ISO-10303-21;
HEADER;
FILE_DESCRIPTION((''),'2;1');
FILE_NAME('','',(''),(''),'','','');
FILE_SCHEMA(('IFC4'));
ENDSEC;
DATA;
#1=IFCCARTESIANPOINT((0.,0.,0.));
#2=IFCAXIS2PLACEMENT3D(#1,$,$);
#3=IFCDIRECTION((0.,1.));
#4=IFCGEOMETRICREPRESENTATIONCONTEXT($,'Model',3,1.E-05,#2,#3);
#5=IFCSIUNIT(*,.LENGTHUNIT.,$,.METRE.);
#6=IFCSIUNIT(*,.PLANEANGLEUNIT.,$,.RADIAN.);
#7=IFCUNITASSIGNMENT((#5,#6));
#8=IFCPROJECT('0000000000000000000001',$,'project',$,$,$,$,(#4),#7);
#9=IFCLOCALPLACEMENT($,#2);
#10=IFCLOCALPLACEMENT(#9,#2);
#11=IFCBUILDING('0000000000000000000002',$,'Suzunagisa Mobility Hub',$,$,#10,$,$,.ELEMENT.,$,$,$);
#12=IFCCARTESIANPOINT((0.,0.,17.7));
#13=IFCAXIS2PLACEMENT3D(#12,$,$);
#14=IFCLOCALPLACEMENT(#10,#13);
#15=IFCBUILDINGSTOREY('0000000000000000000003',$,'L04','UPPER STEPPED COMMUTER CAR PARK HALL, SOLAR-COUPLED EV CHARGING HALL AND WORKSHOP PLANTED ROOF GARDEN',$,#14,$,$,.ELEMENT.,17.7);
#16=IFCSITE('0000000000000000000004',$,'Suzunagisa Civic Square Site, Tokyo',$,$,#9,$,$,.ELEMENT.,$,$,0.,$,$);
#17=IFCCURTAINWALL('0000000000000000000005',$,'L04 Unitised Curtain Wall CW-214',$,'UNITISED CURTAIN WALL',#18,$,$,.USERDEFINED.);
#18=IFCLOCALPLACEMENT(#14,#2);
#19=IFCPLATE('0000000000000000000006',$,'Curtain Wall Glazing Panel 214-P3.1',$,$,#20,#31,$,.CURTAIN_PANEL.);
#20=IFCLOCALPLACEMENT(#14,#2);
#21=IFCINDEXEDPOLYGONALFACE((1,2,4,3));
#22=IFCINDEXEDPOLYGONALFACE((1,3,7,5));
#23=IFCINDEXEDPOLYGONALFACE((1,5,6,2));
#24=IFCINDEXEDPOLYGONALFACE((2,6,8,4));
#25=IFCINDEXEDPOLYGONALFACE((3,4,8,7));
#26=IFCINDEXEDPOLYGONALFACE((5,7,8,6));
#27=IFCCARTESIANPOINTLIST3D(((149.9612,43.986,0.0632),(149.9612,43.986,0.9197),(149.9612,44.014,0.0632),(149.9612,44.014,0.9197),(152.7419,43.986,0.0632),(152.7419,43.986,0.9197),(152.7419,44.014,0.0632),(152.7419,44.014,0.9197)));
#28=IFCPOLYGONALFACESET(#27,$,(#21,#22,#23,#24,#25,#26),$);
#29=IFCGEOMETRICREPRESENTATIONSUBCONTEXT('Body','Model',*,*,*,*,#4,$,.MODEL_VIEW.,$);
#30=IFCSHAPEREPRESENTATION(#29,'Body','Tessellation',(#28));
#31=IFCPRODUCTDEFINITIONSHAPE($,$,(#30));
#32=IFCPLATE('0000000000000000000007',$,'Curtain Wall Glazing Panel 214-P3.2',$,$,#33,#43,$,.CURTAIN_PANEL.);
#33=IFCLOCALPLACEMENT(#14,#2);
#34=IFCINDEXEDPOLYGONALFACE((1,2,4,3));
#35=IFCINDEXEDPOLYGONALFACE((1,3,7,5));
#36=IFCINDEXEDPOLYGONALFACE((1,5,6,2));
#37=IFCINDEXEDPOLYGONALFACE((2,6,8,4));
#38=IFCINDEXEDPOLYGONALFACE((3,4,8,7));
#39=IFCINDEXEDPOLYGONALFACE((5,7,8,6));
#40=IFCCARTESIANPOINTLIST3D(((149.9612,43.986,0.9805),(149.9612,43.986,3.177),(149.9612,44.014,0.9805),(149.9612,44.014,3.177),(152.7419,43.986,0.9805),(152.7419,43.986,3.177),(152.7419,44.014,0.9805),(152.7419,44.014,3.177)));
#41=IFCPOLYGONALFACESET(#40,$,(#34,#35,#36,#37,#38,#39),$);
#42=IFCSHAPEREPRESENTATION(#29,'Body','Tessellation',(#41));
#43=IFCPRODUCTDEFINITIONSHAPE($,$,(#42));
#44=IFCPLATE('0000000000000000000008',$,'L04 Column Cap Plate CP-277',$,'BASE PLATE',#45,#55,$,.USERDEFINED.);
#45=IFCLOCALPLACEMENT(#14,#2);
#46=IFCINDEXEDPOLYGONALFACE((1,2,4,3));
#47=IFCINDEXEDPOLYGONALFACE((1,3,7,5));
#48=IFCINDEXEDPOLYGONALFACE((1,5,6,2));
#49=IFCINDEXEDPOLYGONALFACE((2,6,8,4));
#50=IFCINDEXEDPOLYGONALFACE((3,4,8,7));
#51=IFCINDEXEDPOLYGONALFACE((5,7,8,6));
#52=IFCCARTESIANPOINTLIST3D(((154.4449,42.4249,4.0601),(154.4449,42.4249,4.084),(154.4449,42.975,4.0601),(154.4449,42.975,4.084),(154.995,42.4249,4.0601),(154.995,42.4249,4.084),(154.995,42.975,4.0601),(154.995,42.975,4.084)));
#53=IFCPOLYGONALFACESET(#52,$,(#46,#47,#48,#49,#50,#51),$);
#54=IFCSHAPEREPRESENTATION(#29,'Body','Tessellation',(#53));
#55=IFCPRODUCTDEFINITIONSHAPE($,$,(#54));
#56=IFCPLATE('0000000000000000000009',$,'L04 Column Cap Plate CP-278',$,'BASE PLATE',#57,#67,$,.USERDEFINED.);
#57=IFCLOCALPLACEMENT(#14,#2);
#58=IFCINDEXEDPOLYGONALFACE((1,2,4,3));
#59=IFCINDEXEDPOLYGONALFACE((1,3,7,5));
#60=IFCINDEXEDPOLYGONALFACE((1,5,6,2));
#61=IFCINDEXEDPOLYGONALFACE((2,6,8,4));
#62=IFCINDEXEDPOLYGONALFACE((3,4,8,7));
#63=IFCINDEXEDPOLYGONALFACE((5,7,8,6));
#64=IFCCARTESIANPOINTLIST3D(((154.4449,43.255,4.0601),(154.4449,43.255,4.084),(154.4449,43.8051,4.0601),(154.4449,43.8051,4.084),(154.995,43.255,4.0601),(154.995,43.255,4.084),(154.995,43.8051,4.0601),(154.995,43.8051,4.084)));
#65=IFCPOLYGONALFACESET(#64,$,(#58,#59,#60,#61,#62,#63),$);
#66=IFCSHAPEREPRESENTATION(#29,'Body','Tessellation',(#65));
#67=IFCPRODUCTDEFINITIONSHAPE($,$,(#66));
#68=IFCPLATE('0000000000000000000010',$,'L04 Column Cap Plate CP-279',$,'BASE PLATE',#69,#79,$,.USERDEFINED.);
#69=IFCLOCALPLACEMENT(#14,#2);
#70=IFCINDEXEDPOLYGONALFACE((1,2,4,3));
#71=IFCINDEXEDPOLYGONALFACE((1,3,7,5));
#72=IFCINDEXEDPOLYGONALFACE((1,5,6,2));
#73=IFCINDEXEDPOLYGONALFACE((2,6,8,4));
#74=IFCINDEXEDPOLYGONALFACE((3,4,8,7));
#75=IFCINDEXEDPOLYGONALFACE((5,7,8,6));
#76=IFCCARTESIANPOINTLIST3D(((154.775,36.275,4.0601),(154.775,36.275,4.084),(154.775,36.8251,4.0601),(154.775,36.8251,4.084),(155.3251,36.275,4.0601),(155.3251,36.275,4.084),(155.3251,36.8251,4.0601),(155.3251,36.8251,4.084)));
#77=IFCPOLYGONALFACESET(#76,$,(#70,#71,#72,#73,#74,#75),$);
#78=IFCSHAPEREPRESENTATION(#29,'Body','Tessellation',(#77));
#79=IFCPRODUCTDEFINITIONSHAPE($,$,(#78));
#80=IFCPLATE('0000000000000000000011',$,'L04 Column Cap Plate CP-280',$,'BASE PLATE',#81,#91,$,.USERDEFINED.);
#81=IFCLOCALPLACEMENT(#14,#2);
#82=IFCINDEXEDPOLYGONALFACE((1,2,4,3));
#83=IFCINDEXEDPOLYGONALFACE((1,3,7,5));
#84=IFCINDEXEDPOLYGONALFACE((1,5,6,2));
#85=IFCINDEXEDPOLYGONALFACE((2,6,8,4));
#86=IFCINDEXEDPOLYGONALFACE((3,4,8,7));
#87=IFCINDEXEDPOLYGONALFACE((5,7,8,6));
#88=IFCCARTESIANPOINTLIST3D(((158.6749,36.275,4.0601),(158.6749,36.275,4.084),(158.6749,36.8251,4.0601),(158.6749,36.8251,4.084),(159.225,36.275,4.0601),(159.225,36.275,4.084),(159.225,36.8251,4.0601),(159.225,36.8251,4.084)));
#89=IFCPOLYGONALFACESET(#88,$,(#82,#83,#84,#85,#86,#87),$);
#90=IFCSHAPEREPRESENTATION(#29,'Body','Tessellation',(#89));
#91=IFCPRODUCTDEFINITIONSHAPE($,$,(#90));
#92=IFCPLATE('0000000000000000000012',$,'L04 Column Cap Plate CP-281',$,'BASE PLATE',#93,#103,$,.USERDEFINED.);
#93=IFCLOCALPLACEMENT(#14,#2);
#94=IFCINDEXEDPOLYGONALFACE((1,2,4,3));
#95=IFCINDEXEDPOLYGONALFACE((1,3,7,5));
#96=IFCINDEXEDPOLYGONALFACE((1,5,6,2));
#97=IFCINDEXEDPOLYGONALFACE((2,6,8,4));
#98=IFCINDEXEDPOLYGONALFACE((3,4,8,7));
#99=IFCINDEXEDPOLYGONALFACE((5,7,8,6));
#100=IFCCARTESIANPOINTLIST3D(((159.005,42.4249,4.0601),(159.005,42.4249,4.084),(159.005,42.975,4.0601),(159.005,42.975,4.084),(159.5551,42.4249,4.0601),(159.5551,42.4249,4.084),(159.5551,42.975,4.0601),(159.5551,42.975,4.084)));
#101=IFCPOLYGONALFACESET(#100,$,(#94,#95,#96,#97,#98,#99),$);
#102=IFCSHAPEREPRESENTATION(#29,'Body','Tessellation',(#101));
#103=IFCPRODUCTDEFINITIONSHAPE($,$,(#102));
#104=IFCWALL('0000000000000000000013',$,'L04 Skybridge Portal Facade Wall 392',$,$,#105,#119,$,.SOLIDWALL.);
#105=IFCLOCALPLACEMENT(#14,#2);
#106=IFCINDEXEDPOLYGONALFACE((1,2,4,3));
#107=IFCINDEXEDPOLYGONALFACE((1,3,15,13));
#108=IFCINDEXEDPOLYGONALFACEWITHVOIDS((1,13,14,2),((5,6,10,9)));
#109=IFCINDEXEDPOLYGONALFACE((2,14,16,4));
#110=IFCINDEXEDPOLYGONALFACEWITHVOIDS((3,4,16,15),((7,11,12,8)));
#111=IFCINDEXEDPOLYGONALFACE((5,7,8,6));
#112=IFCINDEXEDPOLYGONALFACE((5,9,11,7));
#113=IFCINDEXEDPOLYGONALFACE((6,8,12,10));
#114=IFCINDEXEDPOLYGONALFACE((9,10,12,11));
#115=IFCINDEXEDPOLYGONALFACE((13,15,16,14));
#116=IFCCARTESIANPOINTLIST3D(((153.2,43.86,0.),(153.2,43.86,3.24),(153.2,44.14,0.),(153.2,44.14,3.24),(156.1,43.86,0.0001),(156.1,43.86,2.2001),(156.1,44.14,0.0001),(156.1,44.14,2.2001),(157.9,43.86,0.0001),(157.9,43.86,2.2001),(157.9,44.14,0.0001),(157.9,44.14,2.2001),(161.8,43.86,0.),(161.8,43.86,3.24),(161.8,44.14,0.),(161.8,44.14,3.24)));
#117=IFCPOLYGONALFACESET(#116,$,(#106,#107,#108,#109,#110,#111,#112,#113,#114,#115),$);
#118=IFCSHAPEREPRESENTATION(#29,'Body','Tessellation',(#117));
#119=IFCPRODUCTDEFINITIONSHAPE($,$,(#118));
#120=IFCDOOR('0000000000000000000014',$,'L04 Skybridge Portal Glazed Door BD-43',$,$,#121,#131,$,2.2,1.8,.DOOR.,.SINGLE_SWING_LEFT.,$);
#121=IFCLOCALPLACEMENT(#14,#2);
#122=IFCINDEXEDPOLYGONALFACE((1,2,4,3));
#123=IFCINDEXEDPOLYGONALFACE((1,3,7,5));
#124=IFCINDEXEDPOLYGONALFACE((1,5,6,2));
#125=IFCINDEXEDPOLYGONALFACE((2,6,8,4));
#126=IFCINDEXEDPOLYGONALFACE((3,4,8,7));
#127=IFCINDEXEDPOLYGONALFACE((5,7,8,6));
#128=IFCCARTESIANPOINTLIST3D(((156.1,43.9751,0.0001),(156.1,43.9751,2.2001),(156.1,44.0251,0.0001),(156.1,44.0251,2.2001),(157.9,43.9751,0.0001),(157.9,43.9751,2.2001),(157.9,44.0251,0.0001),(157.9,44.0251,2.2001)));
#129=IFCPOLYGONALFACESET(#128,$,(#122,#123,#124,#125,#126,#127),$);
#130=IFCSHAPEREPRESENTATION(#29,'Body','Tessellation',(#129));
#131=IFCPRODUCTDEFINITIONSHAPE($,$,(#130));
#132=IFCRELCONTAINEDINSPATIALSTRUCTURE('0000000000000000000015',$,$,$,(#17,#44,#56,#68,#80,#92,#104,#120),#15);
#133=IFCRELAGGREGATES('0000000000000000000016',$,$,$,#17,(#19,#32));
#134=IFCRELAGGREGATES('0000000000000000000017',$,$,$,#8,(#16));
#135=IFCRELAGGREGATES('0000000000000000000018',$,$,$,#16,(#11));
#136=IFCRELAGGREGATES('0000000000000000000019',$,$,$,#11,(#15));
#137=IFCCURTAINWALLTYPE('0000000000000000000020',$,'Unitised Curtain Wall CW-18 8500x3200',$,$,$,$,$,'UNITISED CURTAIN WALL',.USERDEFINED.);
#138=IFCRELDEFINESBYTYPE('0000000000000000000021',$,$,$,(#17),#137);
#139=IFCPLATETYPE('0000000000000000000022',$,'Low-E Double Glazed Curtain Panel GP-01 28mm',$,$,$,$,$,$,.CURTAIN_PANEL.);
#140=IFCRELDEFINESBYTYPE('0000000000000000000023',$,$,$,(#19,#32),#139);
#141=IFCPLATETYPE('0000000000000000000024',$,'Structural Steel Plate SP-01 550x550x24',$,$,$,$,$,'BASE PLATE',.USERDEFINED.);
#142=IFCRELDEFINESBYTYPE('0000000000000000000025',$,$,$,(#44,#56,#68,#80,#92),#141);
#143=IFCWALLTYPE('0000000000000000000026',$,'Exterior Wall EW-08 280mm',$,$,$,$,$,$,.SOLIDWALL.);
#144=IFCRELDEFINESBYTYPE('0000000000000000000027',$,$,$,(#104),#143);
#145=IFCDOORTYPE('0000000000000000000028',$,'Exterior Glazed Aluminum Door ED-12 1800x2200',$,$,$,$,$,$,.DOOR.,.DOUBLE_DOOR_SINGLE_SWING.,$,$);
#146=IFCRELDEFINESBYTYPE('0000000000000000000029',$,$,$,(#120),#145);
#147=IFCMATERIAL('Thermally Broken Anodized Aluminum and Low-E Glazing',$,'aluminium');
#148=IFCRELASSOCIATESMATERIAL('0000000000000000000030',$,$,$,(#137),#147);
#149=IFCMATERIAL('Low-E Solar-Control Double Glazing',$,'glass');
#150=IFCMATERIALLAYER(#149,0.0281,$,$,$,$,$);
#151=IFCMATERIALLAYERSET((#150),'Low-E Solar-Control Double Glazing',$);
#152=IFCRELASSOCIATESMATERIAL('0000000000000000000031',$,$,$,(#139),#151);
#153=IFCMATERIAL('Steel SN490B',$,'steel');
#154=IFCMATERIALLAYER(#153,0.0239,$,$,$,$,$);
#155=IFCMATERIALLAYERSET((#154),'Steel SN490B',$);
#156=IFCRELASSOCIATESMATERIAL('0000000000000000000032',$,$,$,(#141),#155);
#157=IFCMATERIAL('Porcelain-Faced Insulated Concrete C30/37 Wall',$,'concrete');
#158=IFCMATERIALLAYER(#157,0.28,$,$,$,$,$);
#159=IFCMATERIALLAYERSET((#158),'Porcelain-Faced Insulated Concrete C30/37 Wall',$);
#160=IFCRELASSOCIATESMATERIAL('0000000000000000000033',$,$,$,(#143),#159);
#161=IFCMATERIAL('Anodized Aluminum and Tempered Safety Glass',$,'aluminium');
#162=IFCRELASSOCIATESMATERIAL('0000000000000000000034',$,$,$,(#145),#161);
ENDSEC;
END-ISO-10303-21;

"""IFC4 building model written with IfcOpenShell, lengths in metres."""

from ifc_helpers import new_model, si_unit, direction, frame, frame_2d, origin, origin_2d, place, context, subcontext, project, spatial, rectangle, extrude, material, layer, layer_set, type_object, element, fill, aggregate, save


model = new_model("IFC4")

# Units and contexts
model_context = context("Model", 3, precision=1e-05, world=origin(), true_north=direction((0.0, 1.0)))
body_context = subcontext(model_context, "Body", "Model", "MODEL_VIEW")
ifc_project = project(units=[si_unit("LENGTHUNIT", "METRE"), si_unit("PLANEANGLEUNIT", "RADIAN")], contexts=[model_context])

# Site, building, storey
site_placement = place(None, origin())
site = spatial("IfcSite", under=ifc_project, at=site_placement, Name="Suzunagisa Civic Square Site, Tokyo", CompositionType="ELEMENT", RefElevation=0.0)
building_placement = place(site_placement, origin())
building = spatial("IfcBuilding", under=site, at=building_placement, Name="Suzunagisa Mobility Hub", CompositionType="ELEMENT")
storey_placement = place(building_placement, frame((0.0, 0.0, 17.7)))
storey = spatial("IfcBuildingStorey", under=building, at=storey_placement, Name="L04", Description="UPPER STEPPED COMMUTER CAR PARK HALL, SOLAR-COUPLED EV CHARGING HALL AND WORKSHOP PLANTED ROOF GARDEN", CompositionType="ELEMENT", Elevation=17.7)

# Shared definitions
ifc_material_1 = material(Name="Steel SN490B", Category="steel")

# Curtain wall
ifc_material_2 = material(Name="Thermally Broken Anodized Aluminum and Low-E Glazing", Category="aluminium")
curtain_wall_type = type_object("IfcCurtainWallType", Name="Unitised Curtain Wall CW-18 8500x3200", ElementType="UNITISED CURTAIN WALL", PredefinedType="USERDEFINED", material=ifc_material_2)
curtain_wall_placement = place(storey_placement, origin())
curtain_wall = element("IfcCurtainWall", 1, at=curtain_wall_placement, inside=storey, type_object=curtain_wall_type, Name="L04 Unitised Curtain Wall CW-214", ObjectType="UNITISED CURTAIN WALL", PredefinedType="USERDEFINED")

# Plates
ifc_material_3 = material(Name="Low-E Solar-Control Double Glazing", Category="glass")
ifc_layer_1 = layer(ifc_material_3, 0.0281)
ifc_layer_set_1 = layer_set([ifc_layer_1], Name="Low-E Solar-Control Double Glazing")
plate_type_1 = type_object("IfcPlateType", Name="Low-E Double Glazed Curtain Panel GP-01 28mm", PredefinedType="CURTAIN_PANEL", material=ifc_layer_set_1)
plate_1_placement = place(storey_placement, frame((151.3516, 44.0, 0.0632), z_axis=(0.0, 0.0, 1.0), x_axis=(1.0, 0.0, 0.0)))
plate_1 = element("IfcPlate", 2, at=plate_1_placement, type_object=plate_type_1, Name="Curtain Wall Glazing Panel 214-P3.1", PredefinedType="CURTAIN_PANEL", context=body_context, shape_type="SweptSolid", body=[
    extrude(rectangle(XDim=2.7808, YDim=0.0281, at=origin_2d()), origin(), (0.0, 0.0, 1.0), 0.8564),
])
plate_2_placement = place(storey_placement, frame((151.3516, 44.0, 0.9805), z_axis=(0.0, 0.0, 1.0), x_axis=(1.0, 0.0, 0.0)))
plate_2 = element("IfcPlate", 3, at=plate_2_placement, type_object=plate_type_1, Name="Curtain Wall Glazing Panel 214-P3.2", PredefinedType="CURTAIN_PANEL", context=body_context, shape_type="SweptSolid", body=[
    extrude(rectangle(XDim=2.7808, YDim=0.0281, at=origin_2d()), origin(), (0.0, 0.0, 1.0), 2.1965),
])
aggregate(curtain_wall, [plate_1, plate_2])

# Plates
ifc_layer_2 = layer(ifc_material_1, 0.0239)
ifc_layer_set_2 = layer_set([ifc_layer_2], Name="Steel SN490B")
plate_type_2 = type_object("IfcPlateType", Name="Structural Steel Plate SP-01 550x550x24", ElementType="BASE PLATE", PredefinedType="USERDEFINED", material=ifc_layer_set_2)
for number, where, z_axis, x_axis, name in (
    (4, (154.72, 42.7, 4.0601), (0.0, 0.0, 1.0), (1.0, 0.0, 0.0), "L04 Column Cap Plate CP-277"),
    (5, (154.72, 43.53, 4.0601), (0.0, 0.0, 1.0), (1.0, 0.0, 0.0), "L04 Column Cap Plate CP-278"),
    (6, (155.05, 36.55, 4.0601), (0.0, 0.0, 1.0), (1.0, 0.0, 0.0), "L04 Column Cap Plate CP-279"),
    (7, (158.95, 36.55, 4.0601), (0.0, 0.0, 1.0), (1.0, 0.0, 0.0), "L04 Column Cap Plate CP-280"),
    (8, (159.28, 42.7, 4.0601), (0.0, 0.0, 1.0), (1.0, 0.0, 0.0), "L04 Column Cap Plate CP-281"),
):
    element("IfcPlate", number, at=place(storey_placement, frame(where, z_axis=z_axis, x_axis=x_axis)), inside=storey, type_object=plate_type_2, Name=name, ObjectType="BASE PLATE", PredefinedType="USERDEFINED", context=body_context, shape_type="SweptSolid", body=[
        extrude(rectangle(XDim=0.55, YDim=0.55, at=origin_2d()), origin(), (0.0, 0.0, 1.0), 0.0239),
    ])

# Wall, opening, door
ifc_material_4 = material(Name="Porcelain-Faced Insulated Concrete C30/37 Wall", Category="concrete")
ifc_layer_3 = layer(ifc_material_4, 0.28)
ifc_layer_set_3 = layer_set([ifc_layer_3], Name="Porcelain-Faced Insulated Concrete C30/37 Wall")
wall_type = type_object("IfcWallType", Name="Exterior Wall EW-08 280mm", PredefinedType="SOLIDWALL", material=ifc_layer_set_3)
wall_placement = place(storey_placement, frame((153.2, 44.0, 0.0), z_axis=(0.0, 0.0, 1.0), x_axis=(1.0, 0.0, 0.0)))
wall = element("IfcWall", 9, at=wall_placement, inside=storey, type_object=wall_type, Name="L04 Skybridge Portal Facade Wall 392", PredefinedType="SOLIDWALL", context=body_context, shape_type="SweptSolid", body=[
    extrude(rectangle(XDim=8.6001, YDim=0.28, at=frame_2d((4.3, 0.0))), origin(), (0.0, 0.0, 1.0), 3.24),
])
opening_placement = place(wall_placement, frame((4.7, 0.0, 0.0), z_axis=(0.0, 0.0, 1.0), x_axis=(-1.0, 0.0, 0.0)))
opening = element("IfcOpeningElement", 10, at=opening_placement, cuts=wall, PredefinedType="OPENING", context=body_context, shape_type="SweptSolid", body=[
    extrude(rectangle(XDim=1.8, YDim=2.2, at=frame_2d((0.8999, 1.1001))), frame((0.0, 0.1509, 0.0), z_axis=(0.0, -1.0, 0.0), x_axis=(1.0, 0.0, 0.0)), (0.0, 0.0, 1.0), 0.302),
])
ifc_material_5 = material(Name="Anodized Aluminum and Tempered Safety Glass", Category="aluminium")
door_type = type_object("IfcDoorType", Name="Exterior Glazed Aluminum Door ED-12 1800x2200", OperationType="DOUBLE_DOOR_SINGLE_SWING", PredefinedType="DOOR", material=ifc_material_5)
door_placement = place(opening_placement, origin())
door = element("IfcDoor", 11, at=door_placement, inside=storey, type_object=door_type, Name="L04 Skybridge Portal Glazed Door BD-43", OperationType="SINGLE_SWING_LEFT", OverallHeight=2.2, OverallWidth=1.8, PredefinedType="DOOR", context=body_context, shape_type="SweptSolid", body=[
    extrude(rectangle(XDim=1.8, YDim=2.2, at=frame_2d((0.8999, 1.1001))), frame((0.0, 0.0249, 0.0), z_axis=(0.0, -1.0, 0.0), x_axis=(1.0, 0.0, 0.0)), (0.0, 0.0, 1.0), 0.05),
])
fill(opening, door)

save(model, "model.ifc")
